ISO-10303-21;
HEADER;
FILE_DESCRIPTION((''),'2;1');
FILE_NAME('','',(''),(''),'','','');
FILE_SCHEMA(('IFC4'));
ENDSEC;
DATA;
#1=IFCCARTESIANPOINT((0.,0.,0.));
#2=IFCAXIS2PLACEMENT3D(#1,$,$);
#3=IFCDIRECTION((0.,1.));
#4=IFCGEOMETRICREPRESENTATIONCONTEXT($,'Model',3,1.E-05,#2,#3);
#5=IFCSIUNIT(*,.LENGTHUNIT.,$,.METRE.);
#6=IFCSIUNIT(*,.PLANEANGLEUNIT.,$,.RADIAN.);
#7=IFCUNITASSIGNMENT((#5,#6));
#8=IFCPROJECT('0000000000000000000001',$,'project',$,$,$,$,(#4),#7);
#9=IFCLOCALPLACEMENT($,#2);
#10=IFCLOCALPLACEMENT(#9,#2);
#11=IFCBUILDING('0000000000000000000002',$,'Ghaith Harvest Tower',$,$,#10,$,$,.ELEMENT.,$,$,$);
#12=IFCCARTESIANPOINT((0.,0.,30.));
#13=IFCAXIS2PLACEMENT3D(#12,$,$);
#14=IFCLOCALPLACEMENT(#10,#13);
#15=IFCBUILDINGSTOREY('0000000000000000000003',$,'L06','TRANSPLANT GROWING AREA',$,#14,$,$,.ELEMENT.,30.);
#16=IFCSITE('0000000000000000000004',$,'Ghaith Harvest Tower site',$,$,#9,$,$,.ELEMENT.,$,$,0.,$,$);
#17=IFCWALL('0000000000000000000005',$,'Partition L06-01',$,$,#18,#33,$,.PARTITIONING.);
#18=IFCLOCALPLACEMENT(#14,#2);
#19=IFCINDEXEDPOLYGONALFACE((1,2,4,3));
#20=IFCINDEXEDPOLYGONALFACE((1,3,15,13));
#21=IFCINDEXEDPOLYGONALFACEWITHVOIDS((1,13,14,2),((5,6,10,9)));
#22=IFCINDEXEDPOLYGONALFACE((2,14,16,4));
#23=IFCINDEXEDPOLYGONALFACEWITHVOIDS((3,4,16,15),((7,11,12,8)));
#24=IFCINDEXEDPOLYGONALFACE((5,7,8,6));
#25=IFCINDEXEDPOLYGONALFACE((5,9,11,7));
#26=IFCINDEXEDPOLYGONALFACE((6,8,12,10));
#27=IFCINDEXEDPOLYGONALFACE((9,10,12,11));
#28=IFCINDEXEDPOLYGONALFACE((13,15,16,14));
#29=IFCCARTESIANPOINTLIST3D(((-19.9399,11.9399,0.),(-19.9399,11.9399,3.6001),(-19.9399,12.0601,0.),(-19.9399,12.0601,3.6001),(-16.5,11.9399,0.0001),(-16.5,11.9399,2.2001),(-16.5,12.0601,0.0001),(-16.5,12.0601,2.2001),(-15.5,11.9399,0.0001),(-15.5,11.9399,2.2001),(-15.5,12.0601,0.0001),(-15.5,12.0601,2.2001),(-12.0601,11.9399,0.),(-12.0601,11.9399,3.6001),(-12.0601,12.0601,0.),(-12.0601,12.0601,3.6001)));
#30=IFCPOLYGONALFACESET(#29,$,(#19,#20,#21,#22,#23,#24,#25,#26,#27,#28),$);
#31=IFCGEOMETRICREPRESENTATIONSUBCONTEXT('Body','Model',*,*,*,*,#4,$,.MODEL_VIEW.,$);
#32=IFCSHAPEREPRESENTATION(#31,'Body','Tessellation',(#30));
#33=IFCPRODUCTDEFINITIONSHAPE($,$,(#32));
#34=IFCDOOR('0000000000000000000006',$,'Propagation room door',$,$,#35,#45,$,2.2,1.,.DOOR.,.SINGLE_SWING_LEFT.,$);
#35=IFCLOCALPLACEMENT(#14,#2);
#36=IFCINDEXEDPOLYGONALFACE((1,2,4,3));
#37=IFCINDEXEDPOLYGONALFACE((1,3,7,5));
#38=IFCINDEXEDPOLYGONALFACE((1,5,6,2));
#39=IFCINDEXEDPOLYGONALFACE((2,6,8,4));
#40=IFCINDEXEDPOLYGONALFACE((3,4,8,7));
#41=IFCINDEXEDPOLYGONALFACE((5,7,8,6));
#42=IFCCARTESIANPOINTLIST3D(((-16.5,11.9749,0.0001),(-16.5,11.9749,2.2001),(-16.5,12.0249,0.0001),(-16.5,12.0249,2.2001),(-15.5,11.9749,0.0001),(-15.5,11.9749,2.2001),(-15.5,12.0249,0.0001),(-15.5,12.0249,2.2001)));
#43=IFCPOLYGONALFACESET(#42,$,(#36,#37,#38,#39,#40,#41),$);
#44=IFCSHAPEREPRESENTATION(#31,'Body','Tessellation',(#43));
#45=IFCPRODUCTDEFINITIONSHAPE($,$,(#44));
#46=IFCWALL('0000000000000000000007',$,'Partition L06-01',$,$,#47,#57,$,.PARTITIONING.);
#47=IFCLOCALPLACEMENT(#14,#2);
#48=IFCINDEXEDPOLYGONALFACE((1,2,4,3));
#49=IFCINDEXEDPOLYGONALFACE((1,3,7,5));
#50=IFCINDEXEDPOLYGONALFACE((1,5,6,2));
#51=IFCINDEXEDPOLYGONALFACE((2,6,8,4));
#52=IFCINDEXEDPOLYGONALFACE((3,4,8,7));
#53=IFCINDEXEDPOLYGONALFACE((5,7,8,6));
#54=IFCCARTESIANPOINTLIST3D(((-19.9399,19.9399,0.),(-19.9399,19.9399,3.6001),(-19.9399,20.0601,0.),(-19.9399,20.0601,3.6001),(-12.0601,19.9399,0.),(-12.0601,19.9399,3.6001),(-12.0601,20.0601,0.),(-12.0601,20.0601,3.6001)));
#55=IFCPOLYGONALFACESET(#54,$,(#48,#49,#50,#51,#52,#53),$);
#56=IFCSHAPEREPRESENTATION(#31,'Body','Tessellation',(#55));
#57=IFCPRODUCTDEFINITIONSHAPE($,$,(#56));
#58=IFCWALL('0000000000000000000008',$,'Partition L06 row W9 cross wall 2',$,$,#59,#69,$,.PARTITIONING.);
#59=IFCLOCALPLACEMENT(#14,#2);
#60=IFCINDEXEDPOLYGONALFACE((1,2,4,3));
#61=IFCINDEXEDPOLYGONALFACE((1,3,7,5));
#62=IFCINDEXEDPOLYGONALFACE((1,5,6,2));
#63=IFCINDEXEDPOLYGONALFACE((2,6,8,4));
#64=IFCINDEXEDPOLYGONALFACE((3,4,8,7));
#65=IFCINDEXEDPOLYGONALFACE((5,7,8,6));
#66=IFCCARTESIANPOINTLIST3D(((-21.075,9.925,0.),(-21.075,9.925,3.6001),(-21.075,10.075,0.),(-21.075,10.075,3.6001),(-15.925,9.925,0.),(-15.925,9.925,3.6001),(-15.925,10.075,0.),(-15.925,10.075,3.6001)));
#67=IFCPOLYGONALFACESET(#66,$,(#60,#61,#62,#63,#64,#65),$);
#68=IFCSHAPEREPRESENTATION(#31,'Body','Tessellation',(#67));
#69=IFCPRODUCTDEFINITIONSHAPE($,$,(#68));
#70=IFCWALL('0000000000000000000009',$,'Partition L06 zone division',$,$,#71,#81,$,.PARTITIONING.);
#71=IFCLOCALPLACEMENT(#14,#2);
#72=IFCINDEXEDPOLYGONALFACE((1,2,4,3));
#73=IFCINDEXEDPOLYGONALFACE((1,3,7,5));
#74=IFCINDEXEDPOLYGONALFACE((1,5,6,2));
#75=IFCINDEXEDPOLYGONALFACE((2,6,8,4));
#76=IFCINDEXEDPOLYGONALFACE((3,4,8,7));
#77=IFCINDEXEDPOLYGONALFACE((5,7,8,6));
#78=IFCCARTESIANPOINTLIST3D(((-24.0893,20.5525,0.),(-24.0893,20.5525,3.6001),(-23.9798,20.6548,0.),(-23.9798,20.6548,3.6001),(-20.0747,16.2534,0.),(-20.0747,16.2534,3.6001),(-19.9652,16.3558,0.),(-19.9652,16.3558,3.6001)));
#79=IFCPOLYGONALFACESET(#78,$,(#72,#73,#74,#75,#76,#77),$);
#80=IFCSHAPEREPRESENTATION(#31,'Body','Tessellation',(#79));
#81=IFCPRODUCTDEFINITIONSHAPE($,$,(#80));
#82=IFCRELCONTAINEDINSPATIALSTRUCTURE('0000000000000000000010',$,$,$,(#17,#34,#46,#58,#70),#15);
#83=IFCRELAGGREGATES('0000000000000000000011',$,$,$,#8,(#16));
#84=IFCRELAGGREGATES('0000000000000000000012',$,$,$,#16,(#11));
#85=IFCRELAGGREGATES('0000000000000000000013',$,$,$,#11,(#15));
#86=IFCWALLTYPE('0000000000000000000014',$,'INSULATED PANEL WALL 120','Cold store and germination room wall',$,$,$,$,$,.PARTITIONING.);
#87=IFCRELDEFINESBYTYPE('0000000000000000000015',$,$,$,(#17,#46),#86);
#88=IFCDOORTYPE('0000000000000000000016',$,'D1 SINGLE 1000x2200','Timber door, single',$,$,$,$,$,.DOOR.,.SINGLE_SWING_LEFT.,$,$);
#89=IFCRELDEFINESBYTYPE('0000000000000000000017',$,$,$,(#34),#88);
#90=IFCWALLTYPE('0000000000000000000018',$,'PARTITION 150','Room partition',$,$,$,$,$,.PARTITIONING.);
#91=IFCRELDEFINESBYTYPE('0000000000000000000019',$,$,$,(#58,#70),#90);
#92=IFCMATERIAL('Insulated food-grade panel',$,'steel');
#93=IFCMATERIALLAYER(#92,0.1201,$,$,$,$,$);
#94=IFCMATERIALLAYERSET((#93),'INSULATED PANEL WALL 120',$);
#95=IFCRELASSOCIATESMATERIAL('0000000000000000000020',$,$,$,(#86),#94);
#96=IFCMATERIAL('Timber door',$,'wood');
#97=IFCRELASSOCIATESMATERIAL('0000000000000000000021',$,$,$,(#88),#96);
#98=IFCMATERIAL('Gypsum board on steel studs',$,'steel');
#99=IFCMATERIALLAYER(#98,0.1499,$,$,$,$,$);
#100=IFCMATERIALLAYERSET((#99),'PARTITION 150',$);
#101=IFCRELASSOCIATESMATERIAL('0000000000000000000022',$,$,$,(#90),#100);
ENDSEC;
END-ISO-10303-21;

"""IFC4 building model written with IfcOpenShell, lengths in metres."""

from ifc_helpers import new_model, si_unit, direction, frame, frame_2d, origin, place, context, subcontext, project, spatial, rectangle, extrude, material, layer, layer_set, type_object, element, fill, save


model = new_model("IFC4")

# Units and contexts
model_context = context("Model", 3, precision=1e-05, world=origin(), true_north=direction((0.0, 1.0)))
body_context = subcontext(model_context, "Body", "Model", "MODEL_VIEW")
ifc_project = project(units=[si_unit("LENGTHUNIT", "METRE"), si_unit("PLANEANGLEUNIT", "RADIAN")], contexts=[model_context])

# Site, building, storey
site_placement = place(None, origin())
site = spatial("IfcSite", under=ifc_project, at=site_placement, Name="Ghaith Harvest Tower site", CompositionType="ELEMENT", RefElevation=0.0)
building_placement = place(site_placement, origin())
building = spatial("IfcBuilding", under=site, at=building_placement, Name="Ghaith Harvest Tower", CompositionType="ELEMENT")
storey_placement = place(building_placement, frame((0.0, 0.0, 30.0)))
storey = spatial("IfcBuildingStorey", under=building, at=storey_placement, Name="L06", Description="TRANSPLANT GROWING AREA", CompositionType="ELEMENT", Elevation=30.0)

# Shared definitions
ifc_material_1 = material(Name="Insulated food-grade panel", Category="steel")
ifc_layer_1 = layer(ifc_material_1, 0.1201)
ifc_layer_set_1 = layer_set([ifc_layer_1], Name="INSULATED PANEL WALL 120")
wall_type_1 = type_object("IfcWallType", Name="INSULATED PANEL WALL 120", Description="Cold store and germination room wall", PredefinedType="PARTITIONING", material=ifc_layer_set_1)

# Wall, opening, door
wall_1_placement = place(storey_placement, frame((-19.9399, 12.0, 0.0), z_axis=(0.0, 0.0, 1.0), x_axis=(1.0, 0.0, 0.0)))
wall_1 = element("IfcWall", 1, at=wall_1_placement, inside=storey, type_object=wall_type_1, Name="Partition L06-01", PredefinedType="PARTITIONING", context=body_context, shape_type="SweptSolid", body=[
    extrude(rectangle(XDim=7.8799, YDim=0.1201, at=frame_2d((3.9399, 0.0))), origin(), (0.0, 0.0, 1.0), 3.6001),
])
opening_placement = place(wall_1_placement, frame((3.4399, 0.0, 0.0)))
opening = element("IfcOpeningElement", 2, at=opening_placement, cuts=wall_1, PredefinedType="OPENING", context=body_context, shape_type="SweptSolid", body=[
    extrude(rectangle(XDim=1.0, YDim=2.2, at=frame_2d((0.5, 1.1001))), frame((0.0, 0.0701, 0.0), z_axis=(0.0, -1.0, 0.0), x_axis=(1.0, 0.0, 0.0)), (0.0, 0.0, 1.0), 0.1401),
])
ifc_material_2 = material(Name="Timber door", Category="wood")
door_type = type_object("IfcDoorType", Name="D1 SINGLE 1000x2200", Description="Timber door, single", OperationType="SINGLE_SWING_LEFT", PredefinedType="DOOR", material=ifc_material_2)
door_placement = place(opening_placement, origin())
door = element("IfcDoor", 3, at=door_placement, inside=storey, type_object=door_type, Name="Propagation room door", OperationType="SINGLE_SWING_LEFT", OverallHeight=2.2, OverallWidth=1.0, PredefinedType="DOOR", context=body_context, shape_type="SweptSolid", body=[
    extrude(rectangle(XDim=1.0, YDim=2.2, at=frame_2d((0.5, 1.1001))), frame((0.0, 0.0249, 0.0), z_axis=(0.0, -1.0, 0.0), x_axis=(1.0, 0.0, 0.0)), (0.0, 0.0, 1.0), 0.05),
])
fill(opening, door)

# Walls
wall_2_placement = place(storey_placement, frame((-19.9399, 20.0, 0.0), z_axis=(0.0, 0.0, 1.0), x_axis=(1.0, 0.0, 0.0)))
element("IfcWall", 4, at=wall_2_placement, inside=storey, type_object=wall_type_1, Name="Partition L06-01", PredefinedType="PARTITIONING", context=body_context, shape_type="SweptSolid", body=[
    extrude(rectangle(XDim=7.8799, YDim=0.1201, at=frame_2d((3.9399, 0.0))), origin(), (0.0, 0.0, 1.0), 3.6001),
])
ifc_material_3 = material(Name="Gypsum board on steel studs", Category="steel")
ifc_layer_2 = layer(ifc_material_3, 0.1499)
ifc_layer_set_2 = layer_set([ifc_layer_2], Name="PARTITION 150")
wall_type_2 = type_object("IfcWallType", Name="PARTITION 150", Description="Room partition", PredefinedType="PARTITIONING", material=ifc_layer_set_2)
wall_3_placement = place(storey_placement, frame((-15.925, 10.0, 0.0), z_axis=(0.0, 0.0, 1.0), x_axis=(-1.0, 0.0, 0.0)))
element("IfcWall", 5, at=wall_3_placement, inside=storey, type_object=wall_type_2, Name="Partition L06 row W9 cross wall 2", PredefinedType="PARTITIONING", context=body_context, shape_type="SweptSolid", body=[
    extrude(rectangle(XDim=5.1499, YDim=0.1499, at=frame_2d((2.575, 0.0))), origin(), (0.0, 0.0, 1.0), 3.6001),
])
wall_4_placement = place(storey_placement, frame((-20.02, 16.3047, 0.0), z_axis=(0.0, 0.0, 1.0), x_axis=(-0.682516, 0.73087, 0.0)))
element("IfcWall", 6, at=wall_4_placement, inside=storey, type_object=wall_type_2, Name="Partition L06 zone division", PredefinedType="PARTITIONING", context=body_context, shape_type="SweptSolid", body=[
    extrude(rectangle(XDim=5.8821, YDim=0.1499, at=frame_2d((2.9409, 0.0))), origin(), (0.0, 0.0, 1.0), 3.6001),
])

save(model, "model.ifc")
